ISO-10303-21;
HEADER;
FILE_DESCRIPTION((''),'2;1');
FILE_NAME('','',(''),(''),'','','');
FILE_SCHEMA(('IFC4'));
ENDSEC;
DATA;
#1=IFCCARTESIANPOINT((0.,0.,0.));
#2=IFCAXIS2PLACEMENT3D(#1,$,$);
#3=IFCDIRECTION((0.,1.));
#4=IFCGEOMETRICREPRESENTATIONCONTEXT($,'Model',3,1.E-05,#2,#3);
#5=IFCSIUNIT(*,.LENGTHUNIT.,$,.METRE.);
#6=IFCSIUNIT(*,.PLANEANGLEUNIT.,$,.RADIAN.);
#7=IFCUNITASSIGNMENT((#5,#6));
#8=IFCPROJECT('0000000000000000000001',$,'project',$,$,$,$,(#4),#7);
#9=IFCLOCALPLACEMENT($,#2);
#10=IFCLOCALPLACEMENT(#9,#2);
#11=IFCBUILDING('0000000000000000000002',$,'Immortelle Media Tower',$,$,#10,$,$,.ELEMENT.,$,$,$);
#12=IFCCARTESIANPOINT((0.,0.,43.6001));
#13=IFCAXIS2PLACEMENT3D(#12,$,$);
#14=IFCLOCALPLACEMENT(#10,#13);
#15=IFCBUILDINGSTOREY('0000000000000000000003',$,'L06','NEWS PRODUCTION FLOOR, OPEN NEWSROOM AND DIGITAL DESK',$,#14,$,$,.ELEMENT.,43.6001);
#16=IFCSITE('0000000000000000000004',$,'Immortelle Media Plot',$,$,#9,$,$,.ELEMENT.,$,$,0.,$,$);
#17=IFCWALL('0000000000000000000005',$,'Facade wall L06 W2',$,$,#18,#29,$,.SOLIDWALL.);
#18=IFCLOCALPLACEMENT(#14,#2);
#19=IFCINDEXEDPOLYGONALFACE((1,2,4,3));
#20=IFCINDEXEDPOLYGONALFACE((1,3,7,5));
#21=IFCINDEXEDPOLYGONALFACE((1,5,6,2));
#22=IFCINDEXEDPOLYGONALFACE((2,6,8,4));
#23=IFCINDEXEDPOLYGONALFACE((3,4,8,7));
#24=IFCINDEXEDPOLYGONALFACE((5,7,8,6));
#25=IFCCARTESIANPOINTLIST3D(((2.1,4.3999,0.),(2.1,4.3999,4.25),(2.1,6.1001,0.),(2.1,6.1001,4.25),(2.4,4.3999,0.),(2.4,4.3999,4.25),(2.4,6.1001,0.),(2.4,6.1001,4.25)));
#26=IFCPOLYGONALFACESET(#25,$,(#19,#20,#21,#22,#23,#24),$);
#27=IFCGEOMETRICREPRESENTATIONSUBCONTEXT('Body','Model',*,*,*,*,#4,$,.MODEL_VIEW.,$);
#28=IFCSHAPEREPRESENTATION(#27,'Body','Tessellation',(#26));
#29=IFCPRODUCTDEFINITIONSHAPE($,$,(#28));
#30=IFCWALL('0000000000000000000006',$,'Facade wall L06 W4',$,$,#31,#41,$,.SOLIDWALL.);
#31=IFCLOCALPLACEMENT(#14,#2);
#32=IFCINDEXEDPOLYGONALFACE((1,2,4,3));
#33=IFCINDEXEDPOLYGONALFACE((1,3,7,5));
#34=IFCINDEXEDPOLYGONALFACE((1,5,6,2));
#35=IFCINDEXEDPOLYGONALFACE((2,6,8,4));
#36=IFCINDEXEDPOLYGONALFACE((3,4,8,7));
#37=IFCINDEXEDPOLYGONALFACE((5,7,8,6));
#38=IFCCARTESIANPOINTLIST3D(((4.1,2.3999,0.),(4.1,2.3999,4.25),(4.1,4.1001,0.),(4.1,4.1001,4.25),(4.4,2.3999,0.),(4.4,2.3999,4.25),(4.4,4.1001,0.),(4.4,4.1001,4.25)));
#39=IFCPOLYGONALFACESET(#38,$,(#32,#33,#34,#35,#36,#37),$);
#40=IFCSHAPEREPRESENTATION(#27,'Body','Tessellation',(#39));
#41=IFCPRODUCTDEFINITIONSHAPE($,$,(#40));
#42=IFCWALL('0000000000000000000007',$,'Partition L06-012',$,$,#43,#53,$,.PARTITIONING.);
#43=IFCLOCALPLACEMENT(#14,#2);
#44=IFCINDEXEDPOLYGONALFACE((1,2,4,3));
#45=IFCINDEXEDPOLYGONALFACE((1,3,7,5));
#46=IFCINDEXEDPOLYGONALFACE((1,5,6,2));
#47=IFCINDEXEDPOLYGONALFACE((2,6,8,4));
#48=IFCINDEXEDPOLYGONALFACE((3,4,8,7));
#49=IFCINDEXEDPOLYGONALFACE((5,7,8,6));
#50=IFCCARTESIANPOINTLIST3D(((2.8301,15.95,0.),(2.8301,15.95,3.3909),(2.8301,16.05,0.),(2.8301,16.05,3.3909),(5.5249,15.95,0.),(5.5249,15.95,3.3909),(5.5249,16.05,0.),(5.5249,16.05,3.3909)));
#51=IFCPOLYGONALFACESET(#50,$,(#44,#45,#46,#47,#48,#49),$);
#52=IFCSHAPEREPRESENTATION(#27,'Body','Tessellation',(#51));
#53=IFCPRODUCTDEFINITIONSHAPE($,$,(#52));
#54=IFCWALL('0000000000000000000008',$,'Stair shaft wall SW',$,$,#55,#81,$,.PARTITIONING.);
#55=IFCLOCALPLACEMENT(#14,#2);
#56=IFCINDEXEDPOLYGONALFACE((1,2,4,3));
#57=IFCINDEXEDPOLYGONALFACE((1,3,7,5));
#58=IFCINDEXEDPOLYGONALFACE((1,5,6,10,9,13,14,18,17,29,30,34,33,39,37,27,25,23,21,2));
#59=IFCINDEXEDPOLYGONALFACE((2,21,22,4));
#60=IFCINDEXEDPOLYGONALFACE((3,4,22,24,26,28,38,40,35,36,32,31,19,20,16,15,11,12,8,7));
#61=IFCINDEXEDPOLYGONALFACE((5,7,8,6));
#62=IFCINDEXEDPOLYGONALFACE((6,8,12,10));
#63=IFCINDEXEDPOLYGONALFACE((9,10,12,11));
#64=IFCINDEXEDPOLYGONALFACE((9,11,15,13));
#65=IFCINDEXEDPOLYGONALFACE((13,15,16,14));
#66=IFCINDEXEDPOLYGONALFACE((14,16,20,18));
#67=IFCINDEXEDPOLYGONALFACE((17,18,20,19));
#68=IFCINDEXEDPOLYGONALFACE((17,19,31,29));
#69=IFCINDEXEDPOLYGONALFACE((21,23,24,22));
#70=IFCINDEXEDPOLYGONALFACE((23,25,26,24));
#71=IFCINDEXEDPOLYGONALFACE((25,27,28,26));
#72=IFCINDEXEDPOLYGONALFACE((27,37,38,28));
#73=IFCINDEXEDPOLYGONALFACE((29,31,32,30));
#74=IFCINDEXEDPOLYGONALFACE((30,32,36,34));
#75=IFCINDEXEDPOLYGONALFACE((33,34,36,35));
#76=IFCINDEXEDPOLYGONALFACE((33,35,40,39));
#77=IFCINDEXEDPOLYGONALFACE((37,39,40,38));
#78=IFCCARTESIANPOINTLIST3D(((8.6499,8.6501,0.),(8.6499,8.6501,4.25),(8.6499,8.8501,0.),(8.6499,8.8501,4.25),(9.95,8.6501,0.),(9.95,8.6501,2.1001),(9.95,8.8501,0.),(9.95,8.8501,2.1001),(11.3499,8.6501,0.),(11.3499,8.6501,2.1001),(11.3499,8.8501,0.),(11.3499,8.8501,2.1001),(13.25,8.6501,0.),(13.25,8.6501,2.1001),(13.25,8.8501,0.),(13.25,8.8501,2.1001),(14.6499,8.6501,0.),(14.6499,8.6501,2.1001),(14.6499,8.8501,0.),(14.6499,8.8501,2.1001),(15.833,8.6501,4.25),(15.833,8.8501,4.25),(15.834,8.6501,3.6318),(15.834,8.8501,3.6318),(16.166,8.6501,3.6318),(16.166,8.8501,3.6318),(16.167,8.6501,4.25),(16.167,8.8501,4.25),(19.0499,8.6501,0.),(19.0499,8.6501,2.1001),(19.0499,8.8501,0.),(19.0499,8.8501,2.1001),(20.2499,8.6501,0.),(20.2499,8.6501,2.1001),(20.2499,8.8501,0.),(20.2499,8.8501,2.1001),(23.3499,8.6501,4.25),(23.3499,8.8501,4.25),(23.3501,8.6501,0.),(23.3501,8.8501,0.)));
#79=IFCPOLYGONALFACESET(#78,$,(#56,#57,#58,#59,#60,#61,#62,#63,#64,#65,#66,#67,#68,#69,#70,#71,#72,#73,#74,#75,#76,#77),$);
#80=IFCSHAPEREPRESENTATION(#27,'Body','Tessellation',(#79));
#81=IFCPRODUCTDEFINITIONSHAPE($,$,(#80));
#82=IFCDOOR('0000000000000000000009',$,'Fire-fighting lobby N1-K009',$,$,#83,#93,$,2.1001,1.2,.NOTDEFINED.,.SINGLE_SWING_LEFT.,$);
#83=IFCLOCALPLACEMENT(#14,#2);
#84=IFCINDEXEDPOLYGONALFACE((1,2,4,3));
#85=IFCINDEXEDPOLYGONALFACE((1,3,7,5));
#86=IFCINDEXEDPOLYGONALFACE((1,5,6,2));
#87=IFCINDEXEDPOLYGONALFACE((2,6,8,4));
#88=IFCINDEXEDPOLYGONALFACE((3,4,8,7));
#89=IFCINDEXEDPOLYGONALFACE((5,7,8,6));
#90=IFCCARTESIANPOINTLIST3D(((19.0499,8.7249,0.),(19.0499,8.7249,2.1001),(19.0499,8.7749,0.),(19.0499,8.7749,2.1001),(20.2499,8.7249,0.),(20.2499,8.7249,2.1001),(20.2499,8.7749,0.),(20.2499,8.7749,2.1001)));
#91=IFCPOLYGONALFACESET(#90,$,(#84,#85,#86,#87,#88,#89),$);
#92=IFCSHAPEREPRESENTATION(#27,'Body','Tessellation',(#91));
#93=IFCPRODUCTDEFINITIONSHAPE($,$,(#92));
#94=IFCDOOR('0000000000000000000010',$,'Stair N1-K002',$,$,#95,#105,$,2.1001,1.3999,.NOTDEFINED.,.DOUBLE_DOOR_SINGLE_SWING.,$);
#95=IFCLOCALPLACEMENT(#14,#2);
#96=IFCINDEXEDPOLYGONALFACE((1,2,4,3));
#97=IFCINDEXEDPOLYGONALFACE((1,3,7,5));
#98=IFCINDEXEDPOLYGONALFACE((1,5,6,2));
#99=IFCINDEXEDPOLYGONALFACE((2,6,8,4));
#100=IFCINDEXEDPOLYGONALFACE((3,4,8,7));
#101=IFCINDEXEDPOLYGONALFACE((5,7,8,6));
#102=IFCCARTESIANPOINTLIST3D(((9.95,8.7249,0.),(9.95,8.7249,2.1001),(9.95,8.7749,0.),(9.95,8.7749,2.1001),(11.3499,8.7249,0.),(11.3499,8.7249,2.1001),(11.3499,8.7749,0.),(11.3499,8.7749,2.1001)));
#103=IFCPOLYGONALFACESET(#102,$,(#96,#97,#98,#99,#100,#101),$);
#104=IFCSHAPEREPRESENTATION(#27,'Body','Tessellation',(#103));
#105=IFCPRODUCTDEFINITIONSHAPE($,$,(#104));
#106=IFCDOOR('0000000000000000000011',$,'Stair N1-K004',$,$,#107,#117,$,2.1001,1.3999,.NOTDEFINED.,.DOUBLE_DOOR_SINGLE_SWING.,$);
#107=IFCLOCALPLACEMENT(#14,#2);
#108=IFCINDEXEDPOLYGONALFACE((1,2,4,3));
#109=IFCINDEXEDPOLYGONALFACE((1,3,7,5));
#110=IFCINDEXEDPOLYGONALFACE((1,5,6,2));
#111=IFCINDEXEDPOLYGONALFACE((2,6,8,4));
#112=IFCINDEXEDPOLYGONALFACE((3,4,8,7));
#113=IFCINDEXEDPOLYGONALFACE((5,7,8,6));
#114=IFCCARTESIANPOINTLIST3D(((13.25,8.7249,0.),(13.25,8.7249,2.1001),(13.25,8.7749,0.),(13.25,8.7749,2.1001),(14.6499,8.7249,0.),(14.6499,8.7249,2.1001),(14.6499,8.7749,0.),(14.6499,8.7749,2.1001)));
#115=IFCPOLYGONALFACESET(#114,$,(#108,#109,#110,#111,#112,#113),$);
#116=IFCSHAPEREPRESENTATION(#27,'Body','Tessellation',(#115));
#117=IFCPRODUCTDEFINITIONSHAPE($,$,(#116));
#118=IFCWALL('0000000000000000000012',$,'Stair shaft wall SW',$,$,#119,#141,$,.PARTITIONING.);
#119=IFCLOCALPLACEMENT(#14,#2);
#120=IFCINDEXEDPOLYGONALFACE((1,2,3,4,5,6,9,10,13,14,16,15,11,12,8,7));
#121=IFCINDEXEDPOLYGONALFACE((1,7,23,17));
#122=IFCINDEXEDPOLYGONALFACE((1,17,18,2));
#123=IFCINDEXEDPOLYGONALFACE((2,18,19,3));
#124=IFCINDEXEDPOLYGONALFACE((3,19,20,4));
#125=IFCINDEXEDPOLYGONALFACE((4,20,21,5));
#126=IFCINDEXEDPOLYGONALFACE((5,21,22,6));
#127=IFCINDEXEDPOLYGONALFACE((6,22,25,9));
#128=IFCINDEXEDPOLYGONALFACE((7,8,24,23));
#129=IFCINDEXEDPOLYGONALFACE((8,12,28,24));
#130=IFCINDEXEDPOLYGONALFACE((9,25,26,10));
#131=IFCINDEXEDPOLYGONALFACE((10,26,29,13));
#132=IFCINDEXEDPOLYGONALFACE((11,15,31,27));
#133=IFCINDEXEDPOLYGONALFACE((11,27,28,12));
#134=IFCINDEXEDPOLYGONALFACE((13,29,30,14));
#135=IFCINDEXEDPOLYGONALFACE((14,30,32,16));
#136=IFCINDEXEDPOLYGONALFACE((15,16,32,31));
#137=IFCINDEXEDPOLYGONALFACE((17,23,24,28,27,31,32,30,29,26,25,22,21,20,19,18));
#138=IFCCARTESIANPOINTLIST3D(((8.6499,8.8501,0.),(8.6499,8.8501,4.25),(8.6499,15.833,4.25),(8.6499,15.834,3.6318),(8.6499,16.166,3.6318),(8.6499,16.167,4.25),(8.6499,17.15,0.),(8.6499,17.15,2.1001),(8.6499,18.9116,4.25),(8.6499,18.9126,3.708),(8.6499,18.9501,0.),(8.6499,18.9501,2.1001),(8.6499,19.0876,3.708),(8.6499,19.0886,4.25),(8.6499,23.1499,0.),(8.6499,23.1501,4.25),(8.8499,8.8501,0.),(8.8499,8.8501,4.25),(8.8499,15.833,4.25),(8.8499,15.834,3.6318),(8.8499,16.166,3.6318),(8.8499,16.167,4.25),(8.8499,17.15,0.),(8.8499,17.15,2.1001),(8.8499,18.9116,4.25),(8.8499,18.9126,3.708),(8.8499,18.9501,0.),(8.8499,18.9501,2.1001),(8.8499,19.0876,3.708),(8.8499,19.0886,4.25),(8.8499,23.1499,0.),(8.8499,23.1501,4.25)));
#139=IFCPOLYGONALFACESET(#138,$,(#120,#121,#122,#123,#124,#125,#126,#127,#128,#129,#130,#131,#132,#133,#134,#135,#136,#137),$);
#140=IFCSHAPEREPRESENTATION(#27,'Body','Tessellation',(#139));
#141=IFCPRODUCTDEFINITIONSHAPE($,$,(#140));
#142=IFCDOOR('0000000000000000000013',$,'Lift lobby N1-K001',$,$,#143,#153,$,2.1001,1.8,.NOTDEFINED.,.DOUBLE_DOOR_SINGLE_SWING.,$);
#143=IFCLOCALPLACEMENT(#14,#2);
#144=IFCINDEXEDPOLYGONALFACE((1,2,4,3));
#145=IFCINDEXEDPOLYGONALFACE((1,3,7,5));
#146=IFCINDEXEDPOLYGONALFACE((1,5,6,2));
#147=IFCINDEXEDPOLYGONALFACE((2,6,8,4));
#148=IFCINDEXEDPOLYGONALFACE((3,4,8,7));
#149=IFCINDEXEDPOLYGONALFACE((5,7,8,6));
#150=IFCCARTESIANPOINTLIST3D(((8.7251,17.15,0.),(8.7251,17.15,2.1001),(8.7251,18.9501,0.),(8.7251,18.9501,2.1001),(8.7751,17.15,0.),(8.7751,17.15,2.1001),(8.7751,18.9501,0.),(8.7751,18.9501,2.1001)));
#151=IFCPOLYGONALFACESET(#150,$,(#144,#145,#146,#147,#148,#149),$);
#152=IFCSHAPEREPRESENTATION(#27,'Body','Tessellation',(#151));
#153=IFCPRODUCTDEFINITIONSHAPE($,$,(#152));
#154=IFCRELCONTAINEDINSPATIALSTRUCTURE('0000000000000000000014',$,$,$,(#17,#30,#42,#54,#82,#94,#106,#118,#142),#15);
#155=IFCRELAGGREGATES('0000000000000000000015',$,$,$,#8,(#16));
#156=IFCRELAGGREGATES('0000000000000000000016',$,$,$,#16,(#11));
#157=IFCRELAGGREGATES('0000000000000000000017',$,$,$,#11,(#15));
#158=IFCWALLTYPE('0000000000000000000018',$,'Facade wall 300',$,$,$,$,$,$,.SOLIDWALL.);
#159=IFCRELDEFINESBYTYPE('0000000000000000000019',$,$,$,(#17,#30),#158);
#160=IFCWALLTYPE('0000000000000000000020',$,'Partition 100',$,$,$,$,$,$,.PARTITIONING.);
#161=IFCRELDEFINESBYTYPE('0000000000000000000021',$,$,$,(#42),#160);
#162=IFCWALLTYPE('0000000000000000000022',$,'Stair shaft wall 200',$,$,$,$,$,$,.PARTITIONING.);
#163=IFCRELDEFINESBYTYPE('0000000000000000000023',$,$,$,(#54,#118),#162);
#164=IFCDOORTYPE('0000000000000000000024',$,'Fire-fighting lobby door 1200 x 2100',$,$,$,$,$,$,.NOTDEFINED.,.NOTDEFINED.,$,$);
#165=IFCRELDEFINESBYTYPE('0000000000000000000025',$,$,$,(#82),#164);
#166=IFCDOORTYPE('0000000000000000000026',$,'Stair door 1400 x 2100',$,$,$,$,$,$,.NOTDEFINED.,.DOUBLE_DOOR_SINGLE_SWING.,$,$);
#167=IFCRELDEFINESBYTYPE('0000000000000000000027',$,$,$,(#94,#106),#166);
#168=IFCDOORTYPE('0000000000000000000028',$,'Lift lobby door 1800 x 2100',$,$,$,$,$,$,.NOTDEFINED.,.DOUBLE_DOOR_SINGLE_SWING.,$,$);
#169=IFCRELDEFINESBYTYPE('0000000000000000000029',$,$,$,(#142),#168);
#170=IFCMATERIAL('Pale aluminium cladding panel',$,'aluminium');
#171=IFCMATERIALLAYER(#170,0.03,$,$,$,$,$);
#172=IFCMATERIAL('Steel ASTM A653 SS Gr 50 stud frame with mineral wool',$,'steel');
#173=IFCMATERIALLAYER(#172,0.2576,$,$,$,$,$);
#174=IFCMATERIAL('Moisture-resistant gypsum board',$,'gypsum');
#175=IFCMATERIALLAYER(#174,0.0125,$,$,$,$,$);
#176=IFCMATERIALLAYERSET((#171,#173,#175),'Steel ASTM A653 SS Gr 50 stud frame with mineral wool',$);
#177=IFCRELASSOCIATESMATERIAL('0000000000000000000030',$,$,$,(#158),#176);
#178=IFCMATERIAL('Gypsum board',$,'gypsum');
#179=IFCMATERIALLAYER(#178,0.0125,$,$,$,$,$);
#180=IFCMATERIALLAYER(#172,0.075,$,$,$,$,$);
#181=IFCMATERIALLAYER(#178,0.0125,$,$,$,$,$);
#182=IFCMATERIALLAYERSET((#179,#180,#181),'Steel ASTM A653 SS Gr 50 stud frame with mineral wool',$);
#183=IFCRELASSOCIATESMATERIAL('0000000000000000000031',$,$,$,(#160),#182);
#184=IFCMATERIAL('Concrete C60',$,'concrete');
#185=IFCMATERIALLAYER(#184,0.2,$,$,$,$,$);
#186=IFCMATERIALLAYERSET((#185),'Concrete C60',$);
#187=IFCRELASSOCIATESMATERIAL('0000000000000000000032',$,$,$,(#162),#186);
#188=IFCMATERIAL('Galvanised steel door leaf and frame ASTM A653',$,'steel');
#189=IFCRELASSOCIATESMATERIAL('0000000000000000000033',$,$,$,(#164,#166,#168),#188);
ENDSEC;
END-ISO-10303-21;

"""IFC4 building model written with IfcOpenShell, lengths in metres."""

from ifc_helpers import new_model, si_unit, direction, frame, frame_2d, origin, place, context, subcontext, project, spatial, polyline, rectangle, outline, extrude, material, layer, layer_set, type_object, element, fill, save


model = new_model("IFC4")

# Units and contexts
model_context = context("Model", 3, precision=1e-05, world=origin(), true_north=direction((0.0, 1.0)))
body_context = subcontext(model_context, "Body", "Model", "MODEL_VIEW")
ifc_project = project(units=[si_unit("LENGTHUNIT", "METRE"), si_unit("PLANEANGLEUNIT", "RADIAN")], contexts=[model_context])

# Site, building, storey
site_placement = place(None, origin())
site = spatial("IfcSite", under=ifc_project, at=site_placement, Name="Immortelle Media Plot", CompositionType="ELEMENT", RefElevation=0.0)
building_placement = place(site_placement, origin())
building = spatial("IfcBuilding", under=site, at=building_placement, Name="Immortelle Media Tower", CompositionType="ELEMENT")
storey_placement = place(building_placement, frame((0.0, 0.0, 43.6001)))
storey = spatial("IfcBuildingStorey", under=building, at=storey_placement, Name="L06", Description="NEWS PRODUCTION FLOOR, OPEN NEWSROOM AND DIGITAL DESK", CompositionType="ELEMENT", Elevation=43.6001)

# Shared definitions
ifc_material_1 = material(Name="Steel ASTM A653 SS Gr 50 stud frame with mineral wool", Category="steel")

# Walls
ifc_material_2 = material(Name="Pale aluminium cladding panel", Category="aluminium")
ifc_layer_1 = layer(ifc_material_2, 0.03)
ifc_layer_2 = layer(ifc_material_1, 0.2576)
ifc_material_3 = material(Name="Moisture-resistant gypsum board", Category="gypsum")
ifc_layer_3 = layer(ifc_material_3, 0.0125)
ifc_layer_set_1 = layer_set([ifc_layer_1, ifc_layer_2, ifc_layer_3], Name="Steel ASTM A653 SS Gr 50 stud frame with mineral wool")
wall_type_1 = type_object("IfcWallType", Name="Facade wall 300", PredefinedType="SOLIDWALL", material=ifc_layer_set_1)
for number, where, z_axis, x_axis, name in (
    (1, (2.25, 6.1001, 0.0), (0.0, 0.0, 1.0), (0.0, -1.0, 0.0), "Facade wall L06 W2"),
    (2, (4.25, 4.1001, 0.0), (0.0, 0.0, 1.0), (0.0, -1.0, 0.0), "Facade wall L06 W4"),
):
    element("IfcWall", number, at=place(storey_placement, frame(where, z_axis=z_axis, x_axis=x_axis)), inside=storey, type_object=wall_type_1, Name=name, PredefinedType="SOLIDWALL", context=body_context, shape_type="SweptSolid", body=[
        extrude(rectangle(XDim=1.7002, YDim=0.3, at=frame_2d((0.8501, 0.0))), origin(), (0.0, 0.0, 1.0), 4.25),
    ])
ifc_material_4 = material(Name="Gypsum board", Category="gypsum")
ifc_layer_4 = layer(ifc_material_4, 0.0125)
ifc_layer_5 = layer(ifc_material_1, 0.075)
ifc_layer_6 = layer(ifc_material_4, 0.0125)
ifc_layer_set_2 = layer_set([ifc_layer_4, ifc_layer_5, ifc_layer_6], Name="Steel ASTM A653 SS Gr 50 stud frame with mineral wool")
wall_type_2 = type_object("IfcWallType", Name="Partition 100", PredefinedType="PARTITIONING", material=ifc_layer_set_2)
wall_1_placement = place(storey_placement, frame((2.8301, 16.0, 0.0), z_axis=(0.0, 0.0, 1.0), x_axis=(1.0, 0.0, 0.0)))
element("IfcWall", 3, at=wall_1_placement, inside=storey, type_object=wall_type_2, Name="Partition L06-012", PredefinedType="PARTITIONING", context=body_context, shape_type="SweptSolid", body=[
    extrude(rectangle(XDim=2.6948, YDim=0.1001, at=frame_2d((1.3474, 0.0))), origin(), (0.0, 0.0, 1.0), 3.3909),
])

# Wall, openings, doors
ifc_material_5 = material(Name="Concrete C60", Category="concrete")
ifc_layer_7 = layer(ifc_material_5, 0.2)
ifc_layer_set_3 = layer_set([ifc_layer_7], Name="Concrete C60")
wall_type_3 = type_object("IfcWallType", Name="Stair shaft wall 200", PredefinedType="PARTITIONING", material=ifc_layer_set_3)
wall_2_placement = place(storey_placement, frame((8.6499, 8.75, 0.0), z_axis=(0.0, 0.0, 1.0), x_axis=(1.0, 0.0, 0.0)))
wall_2 = element("IfcWall", 4, at=wall_2_placement, inside=storey, type_object=wall_type_3, Name="Stair shaft wall SW", PredefinedType="PARTITIONING", context=body_context, shape_type="SweptSolid", body=[
    extrude(outline(polyline([(0.0, 0.0), (14.7002, 0.0), (14.7, 4.25), (7.5171, 4.25), (7.5161, 3.6318), (7.1841, 3.6318), (7.1831, 4.25), (0.0, 4.25), (0.0, 0.0)])), frame((0.0, 0.1001, 0.0), z_axis=(0.0, -1.0, 0.0), x_axis=(1.0, 0.0, 0.0)), (0.0, 0.0, 1.0), 0.2),
])
opening_1_placement = place(wall_2_placement, frame((1.3, 0.0, 0.0)))
opening_1 = element("IfcOpeningElement", 5, at=opening_1_placement, cuts=wall_2, PredefinedType="OPENING", context=body_context, shape_type="SweptSolid", body=[
    extrude(rectangle(XDim=1.3999, YDim=2.1001, at=frame_2d((0.7, 1.05))), frame((0.0, 0.1099, 0.0), z_axis=(0.0, -1.0, 0.0), x_axis=(1.0, 0.0, 0.0)), (0.0, 0.0, 1.0), 0.22),
])
opening_2_placement = place(wall_2_placement, frame((4.6001, 0.0, 0.0)))
opening_2 = element("IfcOpeningElement", 6, at=opening_2_placement, cuts=wall_2, PredefinedType="OPENING", context=body_context, shape_type="SweptSolid", body=[
    extrude(rectangle(XDim=1.3999, YDim=2.1001, at=frame_2d((0.7, 1.05))), frame((0.0, 0.1099, 0.0), z_axis=(0.0, -1.0, 0.0), x_axis=(1.0, 0.0, 0.0)), (0.0, 0.0, 1.0), 0.22),
])
opening_3_placement = place(wall_2_placement, frame((10.3999, 0.0, 0.0)))
opening_3 = element("IfcOpeningElement", 7, at=opening_3_placement, cuts=wall_2, PredefinedType="OPENING", context=body_context, shape_type="SweptSolid", body=[
    extrude(rectangle(XDim=1.2, YDim=2.1001, at=frame_2d((0.6001, 1.05))), frame((0.0, 0.1099, 0.0), z_axis=(0.0, -1.0, 0.0), x_axis=(1.0, 0.0, 0.0)), (0.0, 0.0, 1.0), 0.22),
])
ifc_material_6 = material(Name="Galvanised steel door leaf and frame ASTM A653", Category="steel")
door_type_1 = type_object("IfcDoorType", Name="Fire-fighting lobby door 1200 x 2100", OperationType="NOTDEFINED", PredefinedType="NOTDEFINED", material=ifc_material_6)
door_1_placement = place(opening_3_placement, origin())
door_1 = element("IfcDoor", 8, at=door_1_placement, inside=storey, type_object=door_type_1, Name="Fire-fighting lobby N1-K009", OperationType="SINGLE_SWING_LEFT", OverallHeight=2.1001, OverallWidth=1.2, PredefinedType="NOTDEFINED", context=body_context, shape_type="SweptSolid", body=[
    extrude(rectangle(XDim=1.2, YDim=2.1001, at=frame_2d((0.6001, 1.05))), frame((0.0, 0.0249, 0.0), z_axis=(0.0, -1.0, 0.0), x_axis=(1.0, 0.0, 0.0)), (0.0, 0.0, 1.0), 0.05),
])
fill(opening_3, door_1)
door_type_2 = type_object("IfcDoorType", Name="Stair door 1400 x 2100", OperationType="DOUBLE_DOOR_SINGLE_SWING", PredefinedType="NOTDEFINED", material=ifc_material_6)
door_2_placement = place(opening_1_placement, origin())
door_2 = element("IfcDoor", 9, at=door_2_placement, inside=storey, type_object=door_type_2, Name="Stair N1-K002", OperationType="DOUBLE_DOOR_SINGLE_SWING", OverallHeight=2.1001, OverallWidth=1.3999, PredefinedType="NOTDEFINED", context=body_context, shape_type="SweptSolid", body=[
    extrude(rectangle(XDim=1.3999, YDim=2.1001, at=frame_2d((0.7, 1.05))), frame((0.0, 0.0249, 0.0), z_axis=(0.0, -1.0, 0.0), x_axis=(1.0, 0.0, 0.0)), (0.0, 0.0, 1.0), 0.05),
])
fill(opening_1, door_2)
door_3_placement = place(opening_2_placement, origin())
door_3 = element("IfcDoor", 10, at=door_3_placement, inside=storey, type_object=door_type_2, Name="Stair N1-K004", OperationType="DOUBLE_DOOR_SINGLE_SWING", OverallHeight=2.1001, OverallWidth=1.3999, PredefinedType="NOTDEFINED", context=body_context, shape_type="SweptSolid", body=[
    extrude(rectangle(XDim=1.3999, YDim=2.1001, at=frame_2d((0.7, 1.05))), frame((0.0, 0.0249, 0.0), z_axis=(0.0, -1.0, 0.0), x_axis=(1.0, 0.0, 0.0)), (0.0, 0.0, 1.0), 0.05),
])
fill(opening_2, door_3)

# Wall, opening, door
wall_3_placement = place(storey_placement, frame((8.75, 8.8501, 0.0), z_axis=(0.0, 0.0, 1.0), x_axis=(0.0, 1.0, 0.0)))
wall_3 = element("IfcWall", 11, at=wall_3_placement, inside=storey, type_object=wall_type_3, Name="Stair shaft wall SW", PredefinedType="PARTITIONING", context=body_context, shape_type="SweptSolid", body=[
    extrude(outline(polyline([(0.0, 0.0), (14.2998, 0.0), (14.3, 4.25), (10.2385, 4.25), (10.2375, 3.708), (10.0625, 3.708), (10.0615, 4.25), (7.3169, 4.25), (7.3159, 3.6318), (6.9839, 3.6318), (6.9829, 4.25), (0.0, 4.25), (0.0, 0.0)])), frame((0.0, 0.1001, 0.0), z_axis=(0.0, -1.0, 0.0), x_axis=(1.0, 0.0, 0.0)), (0.0, 0.0, 1.0), 0.2),
])
opening_4_placement = place(wall_3_placement, frame((8.3, 0.0, 0.0)))
opening_4 = element("IfcOpeningElement", 12, at=opening_4_placement, cuts=wall_3, PredefinedType="OPENING", context=body_context, shape_type="SweptSolid", body=[
    extrude(rectangle(XDim=1.8, YDim=2.1001, at=frame_2d((0.8999, 1.05))), frame((0.0, 0.1099, 0.0), z_axis=(0.0, -1.0, 0.0), x_axis=(1.0, 0.0, 0.0)), (0.0, 0.0, 1.0), 0.22),
])
door_type_3 = type_object("IfcDoorType", Name="Lift lobby door 1800 x 2100", OperationType="DOUBLE_DOOR_SINGLE_SWING", PredefinedType="NOTDEFINED", material=ifc_material_6)
door_4_placement = place(opening_4_placement, origin())
door_4 = element("IfcDoor", 13, at=door_4_placement, inside=storey, type_object=door_type_3, Name="Lift lobby N1-K001", OperationType="DOUBLE_DOOR_SINGLE_SWING", OverallHeight=2.1001, OverallWidth=1.8, PredefinedType="NOTDEFINED", context=body_context, shape_type="SweptSolid", body=[
    extrude(rectangle(XDim=1.8, YDim=2.1001, at=frame_2d((0.8999, 1.05))), frame((0.0, 0.0249, 0.0), z_axis=(0.0, -1.0, 0.0), x_axis=(1.0, 0.0, 0.0)), (0.0, 0.0, 1.0), 0.05),
])
fill(opening_4, door_4)

save(model, "model.ifc")
